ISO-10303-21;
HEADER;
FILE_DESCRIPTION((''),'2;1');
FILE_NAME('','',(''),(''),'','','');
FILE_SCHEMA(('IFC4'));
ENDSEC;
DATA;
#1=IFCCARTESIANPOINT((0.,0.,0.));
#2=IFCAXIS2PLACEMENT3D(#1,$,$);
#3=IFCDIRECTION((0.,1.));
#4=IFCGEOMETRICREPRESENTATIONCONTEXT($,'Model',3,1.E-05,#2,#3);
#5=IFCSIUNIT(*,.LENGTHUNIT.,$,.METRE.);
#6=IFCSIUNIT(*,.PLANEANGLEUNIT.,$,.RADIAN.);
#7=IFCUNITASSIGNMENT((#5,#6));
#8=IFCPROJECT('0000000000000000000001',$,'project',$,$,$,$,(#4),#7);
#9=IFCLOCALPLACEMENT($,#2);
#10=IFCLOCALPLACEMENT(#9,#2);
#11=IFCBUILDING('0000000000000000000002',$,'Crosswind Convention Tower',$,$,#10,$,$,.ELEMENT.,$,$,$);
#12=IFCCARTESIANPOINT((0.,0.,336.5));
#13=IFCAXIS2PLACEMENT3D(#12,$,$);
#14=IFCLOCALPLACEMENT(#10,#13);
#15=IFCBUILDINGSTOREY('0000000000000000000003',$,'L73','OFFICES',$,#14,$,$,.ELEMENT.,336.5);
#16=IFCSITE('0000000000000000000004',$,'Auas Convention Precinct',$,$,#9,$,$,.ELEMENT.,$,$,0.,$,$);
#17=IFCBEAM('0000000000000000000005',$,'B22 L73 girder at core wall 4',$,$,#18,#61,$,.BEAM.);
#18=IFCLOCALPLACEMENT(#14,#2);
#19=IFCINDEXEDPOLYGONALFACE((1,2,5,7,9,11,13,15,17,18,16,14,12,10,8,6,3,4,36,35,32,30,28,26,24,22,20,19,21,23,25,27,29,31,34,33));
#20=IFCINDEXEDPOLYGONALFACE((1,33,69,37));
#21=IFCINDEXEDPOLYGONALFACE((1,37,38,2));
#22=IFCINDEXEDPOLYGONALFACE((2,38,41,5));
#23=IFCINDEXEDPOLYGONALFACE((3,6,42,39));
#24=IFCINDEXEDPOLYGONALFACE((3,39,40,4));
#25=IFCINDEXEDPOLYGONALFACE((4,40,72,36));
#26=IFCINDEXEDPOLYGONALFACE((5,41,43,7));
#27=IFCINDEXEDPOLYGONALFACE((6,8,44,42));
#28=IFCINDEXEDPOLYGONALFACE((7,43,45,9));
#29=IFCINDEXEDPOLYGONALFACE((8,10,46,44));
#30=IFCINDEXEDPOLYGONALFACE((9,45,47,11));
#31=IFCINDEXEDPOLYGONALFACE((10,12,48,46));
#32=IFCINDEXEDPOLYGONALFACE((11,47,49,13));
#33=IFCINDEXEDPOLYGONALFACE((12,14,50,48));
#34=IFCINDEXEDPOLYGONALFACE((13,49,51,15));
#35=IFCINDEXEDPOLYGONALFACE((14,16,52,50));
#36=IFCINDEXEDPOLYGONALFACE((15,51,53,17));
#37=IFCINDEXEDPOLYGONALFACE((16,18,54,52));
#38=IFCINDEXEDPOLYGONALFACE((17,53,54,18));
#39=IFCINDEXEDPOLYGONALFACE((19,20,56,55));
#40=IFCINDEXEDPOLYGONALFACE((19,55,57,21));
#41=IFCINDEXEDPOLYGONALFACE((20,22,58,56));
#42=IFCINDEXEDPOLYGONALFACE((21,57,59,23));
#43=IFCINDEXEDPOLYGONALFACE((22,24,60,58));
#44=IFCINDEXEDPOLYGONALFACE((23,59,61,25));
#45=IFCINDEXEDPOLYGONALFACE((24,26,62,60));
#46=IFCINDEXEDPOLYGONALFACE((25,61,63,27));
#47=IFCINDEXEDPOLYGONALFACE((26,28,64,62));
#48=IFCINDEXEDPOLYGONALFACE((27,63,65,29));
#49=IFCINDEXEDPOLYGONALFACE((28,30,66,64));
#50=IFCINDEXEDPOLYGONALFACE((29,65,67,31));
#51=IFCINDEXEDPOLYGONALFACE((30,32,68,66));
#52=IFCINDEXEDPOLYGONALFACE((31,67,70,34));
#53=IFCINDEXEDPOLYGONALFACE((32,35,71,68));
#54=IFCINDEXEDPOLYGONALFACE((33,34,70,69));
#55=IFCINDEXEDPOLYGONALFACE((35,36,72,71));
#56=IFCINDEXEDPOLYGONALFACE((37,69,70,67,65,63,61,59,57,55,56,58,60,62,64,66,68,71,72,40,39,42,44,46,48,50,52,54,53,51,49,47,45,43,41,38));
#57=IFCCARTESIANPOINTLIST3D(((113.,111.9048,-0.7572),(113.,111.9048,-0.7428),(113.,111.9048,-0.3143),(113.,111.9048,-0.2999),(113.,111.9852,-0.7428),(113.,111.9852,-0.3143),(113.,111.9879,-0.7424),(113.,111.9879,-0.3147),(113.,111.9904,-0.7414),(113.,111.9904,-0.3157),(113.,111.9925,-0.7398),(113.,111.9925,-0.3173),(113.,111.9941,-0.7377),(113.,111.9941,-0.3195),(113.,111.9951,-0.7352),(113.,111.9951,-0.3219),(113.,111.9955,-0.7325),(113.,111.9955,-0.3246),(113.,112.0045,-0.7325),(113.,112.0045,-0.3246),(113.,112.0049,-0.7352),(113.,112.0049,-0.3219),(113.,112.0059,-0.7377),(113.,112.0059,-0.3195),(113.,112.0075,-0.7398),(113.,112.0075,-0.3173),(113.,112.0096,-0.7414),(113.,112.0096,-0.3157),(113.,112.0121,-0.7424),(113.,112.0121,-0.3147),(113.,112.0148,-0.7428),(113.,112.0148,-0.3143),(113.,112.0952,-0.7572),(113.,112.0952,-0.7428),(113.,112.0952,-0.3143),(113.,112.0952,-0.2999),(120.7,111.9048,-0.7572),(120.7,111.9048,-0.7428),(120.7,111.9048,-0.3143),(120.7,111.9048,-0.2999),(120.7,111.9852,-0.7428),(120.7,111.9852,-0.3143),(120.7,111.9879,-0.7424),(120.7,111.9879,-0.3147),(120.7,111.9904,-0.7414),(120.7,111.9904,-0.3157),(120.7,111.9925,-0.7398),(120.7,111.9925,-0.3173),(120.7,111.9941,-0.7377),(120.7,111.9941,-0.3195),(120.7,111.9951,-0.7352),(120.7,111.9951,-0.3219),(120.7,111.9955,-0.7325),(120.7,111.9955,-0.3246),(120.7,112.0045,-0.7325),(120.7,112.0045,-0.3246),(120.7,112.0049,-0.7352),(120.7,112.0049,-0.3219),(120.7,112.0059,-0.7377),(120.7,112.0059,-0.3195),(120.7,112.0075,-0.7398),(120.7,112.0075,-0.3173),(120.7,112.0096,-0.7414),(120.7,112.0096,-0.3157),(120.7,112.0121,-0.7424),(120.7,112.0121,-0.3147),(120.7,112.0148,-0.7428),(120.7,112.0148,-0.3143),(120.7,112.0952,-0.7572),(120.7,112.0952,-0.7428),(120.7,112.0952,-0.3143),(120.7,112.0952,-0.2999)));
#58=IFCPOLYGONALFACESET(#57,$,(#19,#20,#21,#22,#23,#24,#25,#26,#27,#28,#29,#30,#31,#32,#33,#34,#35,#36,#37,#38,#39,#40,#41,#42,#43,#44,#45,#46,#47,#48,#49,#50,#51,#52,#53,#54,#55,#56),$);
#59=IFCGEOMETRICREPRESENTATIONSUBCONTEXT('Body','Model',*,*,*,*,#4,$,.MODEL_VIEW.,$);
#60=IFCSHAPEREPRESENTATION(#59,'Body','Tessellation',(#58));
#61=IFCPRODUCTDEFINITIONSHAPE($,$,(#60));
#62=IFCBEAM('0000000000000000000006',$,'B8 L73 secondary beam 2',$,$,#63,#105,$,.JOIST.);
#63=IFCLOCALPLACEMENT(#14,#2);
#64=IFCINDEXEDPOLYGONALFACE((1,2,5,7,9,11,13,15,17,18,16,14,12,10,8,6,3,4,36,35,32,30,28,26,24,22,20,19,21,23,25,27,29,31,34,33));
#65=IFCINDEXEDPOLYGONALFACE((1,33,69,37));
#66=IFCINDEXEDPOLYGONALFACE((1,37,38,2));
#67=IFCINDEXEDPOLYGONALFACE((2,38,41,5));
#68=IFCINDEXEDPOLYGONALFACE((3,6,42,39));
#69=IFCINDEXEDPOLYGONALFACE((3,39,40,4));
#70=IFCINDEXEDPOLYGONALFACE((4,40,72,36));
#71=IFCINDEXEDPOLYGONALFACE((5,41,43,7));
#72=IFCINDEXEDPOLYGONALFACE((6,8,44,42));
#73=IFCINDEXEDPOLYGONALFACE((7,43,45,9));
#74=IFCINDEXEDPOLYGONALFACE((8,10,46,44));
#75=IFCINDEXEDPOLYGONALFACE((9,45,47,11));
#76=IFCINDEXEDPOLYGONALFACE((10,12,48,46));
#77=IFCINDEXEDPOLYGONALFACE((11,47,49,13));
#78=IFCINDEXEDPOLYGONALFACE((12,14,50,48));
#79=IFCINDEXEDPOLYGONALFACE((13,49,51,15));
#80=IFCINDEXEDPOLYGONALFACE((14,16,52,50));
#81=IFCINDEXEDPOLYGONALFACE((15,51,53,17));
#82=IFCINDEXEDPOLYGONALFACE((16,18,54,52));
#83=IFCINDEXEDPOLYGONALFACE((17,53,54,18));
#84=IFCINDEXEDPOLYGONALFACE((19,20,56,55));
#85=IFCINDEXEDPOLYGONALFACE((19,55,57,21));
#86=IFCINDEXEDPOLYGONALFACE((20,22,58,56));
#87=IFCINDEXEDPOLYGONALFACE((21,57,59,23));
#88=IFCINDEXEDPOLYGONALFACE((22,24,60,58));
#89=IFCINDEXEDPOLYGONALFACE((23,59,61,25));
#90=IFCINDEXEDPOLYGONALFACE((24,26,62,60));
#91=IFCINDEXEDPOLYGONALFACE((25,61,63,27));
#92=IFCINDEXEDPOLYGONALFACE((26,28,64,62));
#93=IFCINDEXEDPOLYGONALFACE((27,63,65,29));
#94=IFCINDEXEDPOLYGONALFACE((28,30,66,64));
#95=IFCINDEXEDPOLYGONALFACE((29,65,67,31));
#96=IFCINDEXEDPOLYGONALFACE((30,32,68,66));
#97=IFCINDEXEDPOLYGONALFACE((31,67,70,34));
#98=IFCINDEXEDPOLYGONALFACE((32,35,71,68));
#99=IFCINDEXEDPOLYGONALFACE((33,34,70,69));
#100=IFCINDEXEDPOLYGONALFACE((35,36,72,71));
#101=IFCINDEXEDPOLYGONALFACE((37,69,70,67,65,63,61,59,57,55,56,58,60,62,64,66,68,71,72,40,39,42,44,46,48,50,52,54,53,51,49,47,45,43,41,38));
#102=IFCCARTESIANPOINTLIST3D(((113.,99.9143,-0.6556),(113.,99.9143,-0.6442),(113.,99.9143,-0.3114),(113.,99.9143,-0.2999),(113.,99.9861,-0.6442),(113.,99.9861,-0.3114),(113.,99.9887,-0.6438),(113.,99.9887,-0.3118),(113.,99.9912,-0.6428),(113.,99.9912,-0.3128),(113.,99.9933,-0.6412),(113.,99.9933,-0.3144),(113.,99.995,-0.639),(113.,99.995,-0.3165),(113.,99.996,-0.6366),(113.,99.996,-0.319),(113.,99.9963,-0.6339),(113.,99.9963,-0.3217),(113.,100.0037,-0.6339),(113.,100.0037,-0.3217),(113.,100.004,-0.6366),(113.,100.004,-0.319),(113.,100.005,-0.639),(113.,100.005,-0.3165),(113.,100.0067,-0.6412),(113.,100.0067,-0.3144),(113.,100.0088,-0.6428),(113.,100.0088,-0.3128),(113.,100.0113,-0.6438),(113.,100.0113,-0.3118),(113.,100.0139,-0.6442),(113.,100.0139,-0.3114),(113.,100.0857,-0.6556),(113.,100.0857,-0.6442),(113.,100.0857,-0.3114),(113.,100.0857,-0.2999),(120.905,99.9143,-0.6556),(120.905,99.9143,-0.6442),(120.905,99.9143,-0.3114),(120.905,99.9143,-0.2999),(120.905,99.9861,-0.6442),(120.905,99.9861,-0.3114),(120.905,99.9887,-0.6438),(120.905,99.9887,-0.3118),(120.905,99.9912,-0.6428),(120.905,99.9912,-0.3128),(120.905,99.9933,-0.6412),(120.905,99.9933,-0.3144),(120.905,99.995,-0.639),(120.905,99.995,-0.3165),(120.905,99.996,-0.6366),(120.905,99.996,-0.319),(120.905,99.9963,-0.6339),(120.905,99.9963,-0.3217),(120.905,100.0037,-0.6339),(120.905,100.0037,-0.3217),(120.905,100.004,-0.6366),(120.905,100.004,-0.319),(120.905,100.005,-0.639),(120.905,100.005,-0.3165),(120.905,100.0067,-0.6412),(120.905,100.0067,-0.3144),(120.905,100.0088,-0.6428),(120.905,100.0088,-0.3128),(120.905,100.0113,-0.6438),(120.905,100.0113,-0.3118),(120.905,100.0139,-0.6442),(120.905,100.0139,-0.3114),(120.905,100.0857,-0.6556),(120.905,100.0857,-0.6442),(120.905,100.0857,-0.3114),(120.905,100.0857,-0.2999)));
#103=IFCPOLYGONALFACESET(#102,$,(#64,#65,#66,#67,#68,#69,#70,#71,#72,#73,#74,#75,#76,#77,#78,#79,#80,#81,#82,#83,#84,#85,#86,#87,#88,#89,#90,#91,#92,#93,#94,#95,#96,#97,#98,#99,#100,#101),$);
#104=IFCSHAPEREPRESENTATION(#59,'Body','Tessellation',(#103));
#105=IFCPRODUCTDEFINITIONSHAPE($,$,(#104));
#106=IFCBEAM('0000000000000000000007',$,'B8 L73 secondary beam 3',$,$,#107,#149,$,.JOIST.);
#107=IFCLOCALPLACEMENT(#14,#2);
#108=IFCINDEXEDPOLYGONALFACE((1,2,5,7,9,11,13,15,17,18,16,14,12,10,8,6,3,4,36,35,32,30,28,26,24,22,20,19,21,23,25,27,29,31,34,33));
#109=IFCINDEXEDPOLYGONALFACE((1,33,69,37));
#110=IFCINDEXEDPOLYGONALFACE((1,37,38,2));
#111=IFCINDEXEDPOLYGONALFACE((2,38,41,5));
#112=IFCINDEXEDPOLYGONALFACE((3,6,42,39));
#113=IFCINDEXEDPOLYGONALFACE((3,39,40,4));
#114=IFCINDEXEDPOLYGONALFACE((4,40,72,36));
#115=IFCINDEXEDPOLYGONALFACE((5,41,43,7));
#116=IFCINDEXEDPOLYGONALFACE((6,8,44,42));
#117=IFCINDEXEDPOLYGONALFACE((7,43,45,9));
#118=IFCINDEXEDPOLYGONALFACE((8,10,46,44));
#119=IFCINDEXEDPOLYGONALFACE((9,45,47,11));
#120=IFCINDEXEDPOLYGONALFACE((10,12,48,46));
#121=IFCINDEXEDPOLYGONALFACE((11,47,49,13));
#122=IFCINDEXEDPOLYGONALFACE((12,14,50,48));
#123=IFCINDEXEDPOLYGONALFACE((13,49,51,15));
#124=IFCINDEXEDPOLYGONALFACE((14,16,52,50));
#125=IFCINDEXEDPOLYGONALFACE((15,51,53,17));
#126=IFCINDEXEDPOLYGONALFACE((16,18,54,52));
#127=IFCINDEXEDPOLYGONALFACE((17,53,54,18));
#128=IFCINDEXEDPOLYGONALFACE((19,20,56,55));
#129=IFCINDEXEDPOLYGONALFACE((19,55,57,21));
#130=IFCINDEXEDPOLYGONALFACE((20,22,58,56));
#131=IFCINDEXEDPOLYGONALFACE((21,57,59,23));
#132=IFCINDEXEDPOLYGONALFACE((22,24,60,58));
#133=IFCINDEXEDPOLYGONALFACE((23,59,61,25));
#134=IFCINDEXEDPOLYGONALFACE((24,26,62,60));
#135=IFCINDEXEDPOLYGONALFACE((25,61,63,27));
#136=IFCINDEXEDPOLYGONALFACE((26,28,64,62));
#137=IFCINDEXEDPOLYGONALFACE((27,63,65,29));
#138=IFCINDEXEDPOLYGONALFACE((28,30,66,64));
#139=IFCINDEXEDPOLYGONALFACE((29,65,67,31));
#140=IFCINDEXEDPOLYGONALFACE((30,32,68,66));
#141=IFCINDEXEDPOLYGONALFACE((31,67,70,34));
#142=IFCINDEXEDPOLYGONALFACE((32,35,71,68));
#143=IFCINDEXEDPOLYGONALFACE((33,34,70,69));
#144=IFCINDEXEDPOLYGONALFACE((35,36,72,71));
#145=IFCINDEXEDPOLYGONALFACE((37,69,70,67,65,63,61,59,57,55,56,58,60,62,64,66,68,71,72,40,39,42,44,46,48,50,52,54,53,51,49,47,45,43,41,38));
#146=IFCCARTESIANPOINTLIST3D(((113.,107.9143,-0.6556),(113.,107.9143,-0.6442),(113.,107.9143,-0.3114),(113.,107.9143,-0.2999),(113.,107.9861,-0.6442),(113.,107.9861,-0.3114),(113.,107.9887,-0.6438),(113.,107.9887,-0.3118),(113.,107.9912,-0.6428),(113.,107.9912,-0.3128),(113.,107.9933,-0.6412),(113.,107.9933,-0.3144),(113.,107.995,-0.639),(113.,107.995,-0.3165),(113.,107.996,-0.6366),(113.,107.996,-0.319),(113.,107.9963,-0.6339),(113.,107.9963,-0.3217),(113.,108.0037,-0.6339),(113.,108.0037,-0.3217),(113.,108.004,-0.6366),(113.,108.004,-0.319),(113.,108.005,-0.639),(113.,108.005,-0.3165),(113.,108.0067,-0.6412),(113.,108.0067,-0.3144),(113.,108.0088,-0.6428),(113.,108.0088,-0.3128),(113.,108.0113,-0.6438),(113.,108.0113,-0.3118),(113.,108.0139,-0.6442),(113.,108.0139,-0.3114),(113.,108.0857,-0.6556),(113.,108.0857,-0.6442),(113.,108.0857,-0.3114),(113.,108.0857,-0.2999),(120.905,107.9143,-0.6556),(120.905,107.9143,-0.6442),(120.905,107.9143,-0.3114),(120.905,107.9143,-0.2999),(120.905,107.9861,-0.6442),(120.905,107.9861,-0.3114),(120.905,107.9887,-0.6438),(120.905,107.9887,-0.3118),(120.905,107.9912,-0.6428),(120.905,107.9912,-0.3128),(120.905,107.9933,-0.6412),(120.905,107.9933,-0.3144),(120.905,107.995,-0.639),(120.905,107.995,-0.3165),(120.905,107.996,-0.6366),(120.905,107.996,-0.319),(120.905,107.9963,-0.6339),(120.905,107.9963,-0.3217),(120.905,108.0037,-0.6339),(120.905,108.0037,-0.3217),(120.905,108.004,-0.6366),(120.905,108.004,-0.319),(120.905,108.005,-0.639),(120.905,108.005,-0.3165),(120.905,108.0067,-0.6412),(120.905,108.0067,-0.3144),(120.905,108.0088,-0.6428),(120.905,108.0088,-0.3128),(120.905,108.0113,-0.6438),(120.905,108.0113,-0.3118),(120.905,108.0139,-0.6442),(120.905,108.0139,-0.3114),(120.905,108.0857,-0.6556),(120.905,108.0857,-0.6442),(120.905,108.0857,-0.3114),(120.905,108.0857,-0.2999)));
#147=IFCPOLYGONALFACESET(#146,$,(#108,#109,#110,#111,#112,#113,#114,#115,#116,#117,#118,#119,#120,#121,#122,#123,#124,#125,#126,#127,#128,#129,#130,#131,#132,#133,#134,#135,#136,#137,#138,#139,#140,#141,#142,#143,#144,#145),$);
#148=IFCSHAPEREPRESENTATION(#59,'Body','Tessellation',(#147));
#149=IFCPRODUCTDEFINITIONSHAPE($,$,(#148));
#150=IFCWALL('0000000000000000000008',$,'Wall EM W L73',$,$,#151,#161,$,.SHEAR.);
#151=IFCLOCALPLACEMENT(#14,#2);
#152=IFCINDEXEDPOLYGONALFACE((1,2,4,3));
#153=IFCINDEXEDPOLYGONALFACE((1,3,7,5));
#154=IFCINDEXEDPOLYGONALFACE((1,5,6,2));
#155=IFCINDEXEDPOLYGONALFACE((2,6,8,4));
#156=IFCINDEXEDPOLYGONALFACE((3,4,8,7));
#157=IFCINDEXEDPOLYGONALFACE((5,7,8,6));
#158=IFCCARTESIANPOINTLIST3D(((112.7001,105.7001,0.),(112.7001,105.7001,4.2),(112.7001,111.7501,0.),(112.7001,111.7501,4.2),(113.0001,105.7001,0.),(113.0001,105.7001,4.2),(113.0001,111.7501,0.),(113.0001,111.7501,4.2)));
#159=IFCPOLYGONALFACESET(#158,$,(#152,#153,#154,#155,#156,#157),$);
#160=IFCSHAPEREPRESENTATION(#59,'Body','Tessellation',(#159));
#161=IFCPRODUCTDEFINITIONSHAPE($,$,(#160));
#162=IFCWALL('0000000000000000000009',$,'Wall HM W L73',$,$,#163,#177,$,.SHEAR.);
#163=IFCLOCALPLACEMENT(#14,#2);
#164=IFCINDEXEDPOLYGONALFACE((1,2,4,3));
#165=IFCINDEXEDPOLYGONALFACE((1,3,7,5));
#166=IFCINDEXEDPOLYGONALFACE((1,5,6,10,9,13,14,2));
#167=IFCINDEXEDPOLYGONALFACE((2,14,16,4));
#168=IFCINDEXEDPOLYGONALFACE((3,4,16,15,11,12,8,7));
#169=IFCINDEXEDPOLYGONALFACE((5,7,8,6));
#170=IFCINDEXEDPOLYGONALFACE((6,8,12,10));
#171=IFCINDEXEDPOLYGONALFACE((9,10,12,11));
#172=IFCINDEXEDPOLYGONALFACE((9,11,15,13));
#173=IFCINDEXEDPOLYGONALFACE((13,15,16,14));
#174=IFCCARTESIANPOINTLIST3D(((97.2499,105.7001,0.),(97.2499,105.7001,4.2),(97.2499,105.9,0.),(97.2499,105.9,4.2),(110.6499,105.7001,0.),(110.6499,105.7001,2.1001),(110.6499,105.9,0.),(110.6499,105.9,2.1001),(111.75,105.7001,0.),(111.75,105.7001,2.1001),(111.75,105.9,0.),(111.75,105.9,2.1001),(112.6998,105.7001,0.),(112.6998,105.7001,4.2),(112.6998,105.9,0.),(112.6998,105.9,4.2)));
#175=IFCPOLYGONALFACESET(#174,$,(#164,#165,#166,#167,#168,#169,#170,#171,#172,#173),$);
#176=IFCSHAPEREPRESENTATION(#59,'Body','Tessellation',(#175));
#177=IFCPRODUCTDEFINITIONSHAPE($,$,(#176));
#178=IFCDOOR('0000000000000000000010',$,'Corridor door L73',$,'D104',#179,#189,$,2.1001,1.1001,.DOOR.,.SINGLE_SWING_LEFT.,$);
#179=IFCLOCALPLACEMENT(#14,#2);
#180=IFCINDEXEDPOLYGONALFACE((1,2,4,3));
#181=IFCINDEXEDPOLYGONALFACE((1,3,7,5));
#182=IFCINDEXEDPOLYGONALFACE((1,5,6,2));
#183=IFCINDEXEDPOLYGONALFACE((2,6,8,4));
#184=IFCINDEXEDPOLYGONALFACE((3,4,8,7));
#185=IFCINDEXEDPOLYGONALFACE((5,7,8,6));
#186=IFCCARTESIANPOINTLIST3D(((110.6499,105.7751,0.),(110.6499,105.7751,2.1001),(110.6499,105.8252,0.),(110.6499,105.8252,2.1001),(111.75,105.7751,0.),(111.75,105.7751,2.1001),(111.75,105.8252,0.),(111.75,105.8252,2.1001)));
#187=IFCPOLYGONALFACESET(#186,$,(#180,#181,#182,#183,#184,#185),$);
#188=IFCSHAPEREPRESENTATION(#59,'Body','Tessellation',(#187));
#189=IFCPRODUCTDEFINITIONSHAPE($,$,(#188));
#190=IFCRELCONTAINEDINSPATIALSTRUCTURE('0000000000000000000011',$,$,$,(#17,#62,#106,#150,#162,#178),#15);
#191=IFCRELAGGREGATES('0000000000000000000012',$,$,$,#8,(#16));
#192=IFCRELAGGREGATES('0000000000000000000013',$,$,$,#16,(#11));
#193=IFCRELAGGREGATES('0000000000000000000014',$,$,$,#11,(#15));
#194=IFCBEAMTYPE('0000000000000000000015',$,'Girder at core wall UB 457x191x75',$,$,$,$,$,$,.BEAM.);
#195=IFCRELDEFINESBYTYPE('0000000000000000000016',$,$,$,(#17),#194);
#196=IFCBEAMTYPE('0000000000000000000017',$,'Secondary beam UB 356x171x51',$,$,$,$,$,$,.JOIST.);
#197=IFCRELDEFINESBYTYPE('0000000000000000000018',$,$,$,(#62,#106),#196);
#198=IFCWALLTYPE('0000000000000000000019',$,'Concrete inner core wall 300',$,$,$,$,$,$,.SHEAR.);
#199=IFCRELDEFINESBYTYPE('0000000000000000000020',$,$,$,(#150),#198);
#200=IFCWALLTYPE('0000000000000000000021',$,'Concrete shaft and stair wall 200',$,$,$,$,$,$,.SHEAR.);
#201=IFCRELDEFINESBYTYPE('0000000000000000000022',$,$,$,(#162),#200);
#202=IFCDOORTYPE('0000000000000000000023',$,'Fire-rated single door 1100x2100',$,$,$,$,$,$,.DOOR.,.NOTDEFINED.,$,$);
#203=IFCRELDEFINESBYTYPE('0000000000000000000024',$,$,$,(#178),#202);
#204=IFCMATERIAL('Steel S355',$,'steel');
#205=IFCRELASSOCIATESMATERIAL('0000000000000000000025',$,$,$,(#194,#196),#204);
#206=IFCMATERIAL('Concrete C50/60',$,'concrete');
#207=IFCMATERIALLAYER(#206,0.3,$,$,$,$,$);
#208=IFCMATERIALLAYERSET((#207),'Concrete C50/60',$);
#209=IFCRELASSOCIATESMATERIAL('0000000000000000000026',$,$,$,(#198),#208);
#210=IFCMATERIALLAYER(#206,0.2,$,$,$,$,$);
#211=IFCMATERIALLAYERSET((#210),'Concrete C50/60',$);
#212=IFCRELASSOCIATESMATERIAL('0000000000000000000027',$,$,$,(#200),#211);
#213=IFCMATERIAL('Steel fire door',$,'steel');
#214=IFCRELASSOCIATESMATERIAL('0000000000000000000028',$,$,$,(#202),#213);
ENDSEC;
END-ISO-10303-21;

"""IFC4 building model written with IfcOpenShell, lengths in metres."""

from ifc_helpers import new_model, si_unit, direction, frame, frame_2d, origin, origin_2d, place, context, subcontext, project, spatial, rectangle, i_section, extrude, material, layer, layer_set, material_profile, profile_set, type_object, element, fill, save


model = new_model("IFC4")

# Units and contexts
model_context = context("Model", 3, precision=1e-05, world=origin(), true_north=direction((0.0, 1.0)))
body_context = subcontext(model_context, "Body", "Model", "MODEL_VIEW")
ifc_project = project(units=[si_unit("LENGTHUNIT", "METRE"), si_unit("PLANEANGLEUNIT", "RADIAN")], contexts=[model_context])

# Site, building, storey
site_placement = place(None, origin())
site = spatial("IfcSite", under=ifc_project, at=site_placement, Name="Auas Convention Precinct", CompositionType="ELEMENT", RefElevation=0.0)
building_placement = place(site_placement, origin())
building = spatial("IfcBuilding", under=site, at=building_placement, Name="Crosswind Convention Tower", CompositionType="ELEMENT")
storey_placement = place(building_placement, frame((0.0, 0.0, 336.5)))
storey = spatial("IfcBuildingStorey", under=building, at=storey_placement, Name="L73", Description="OFFICES", CompositionType="ELEMENT", Elevation=336.5)

# Beams
ifc_material_1 = material(Name="Steel S355", Category="steel")
ifc_material_profile_1 = material_profile(ifc_material_1, i_section(OverallWidth=0.1904, OverallDepth=0.4573, WebThickness=0.009, FlangeThickness=0.0144, FilletRadius=0.0103, at=origin_2d()), Name="UB 457x191x75")
ifc_profile_set_1 = profile_set([ifc_material_profile_1], Name="Steel S355")
beam_type_1 = type_object("IfcBeamType", Name="Girder at core wall UB 457x191x75", PredefinedType="BEAM", material=ifc_profile_set_1)
for number, where, z_axis, x_axis, name in (
    (1, (113.0, 112.0, -0.5286), (1.0, 0.0, 0.0), (0.0, 1.0, 0.0), "B22 L73 girder at core wall 4"),
):
    element("IfcBeam", number, at=place(storey_placement, frame(where, z_axis=z_axis, x_axis=x_axis)), inside=storey, type_object=beam_type_1, Name=name, PredefinedType="BEAM", context=body_context, shape_type="SweptSolid", body=[
        extrude(i_section(OverallWidth=0.1904, OverallDepth=0.4573, WebThickness=0.009, FlangeThickness=0.0144, FilletRadius=0.0103, at=origin_2d()), origin(), (0.0, 0.0, 1.0), 7.7),
    ])
ifc_material_profile_2 = material_profile(ifc_material_1, i_section(OverallWidth=0.1714, OverallDepth=0.3557, WebThickness=0.0073, FlangeThickness=0.0115, FilletRadius=0.0103, at=origin_2d()), Name="UB 356x171x51")
ifc_profile_set_2 = profile_set([ifc_material_profile_2], Name="Steel S355")
beam_type_2 = type_object("IfcBeamType", Name="Secondary beam UB 356x171x51", PredefinedType="JOIST", material=ifc_profile_set_2)
for number, where, z_axis, x_axis, name in (
    (2, (113.0, 100.0, -0.4778), (1.0, 0.0, 0.0), (0.0, 1.0, 0.0), "B8 L73 secondary beam 2"),
    (3, (113.0, 108.0, -0.4778), (1.0, 0.0, 0.0), (0.0, 1.0, 0.0), "B8 L73 secondary beam 3"),
):
    element("IfcBeam", number, at=place(storey_placement, frame(where, z_axis=z_axis, x_axis=x_axis)), inside=storey, type_object=beam_type_2, Name=name, PredefinedType="JOIST", context=body_context, shape_type="SweptSolid", body=[
        extrude(i_section(OverallWidth=0.1714, OverallDepth=0.3557, WebThickness=0.0073, FlangeThickness=0.0115, FilletRadius=0.0103, at=origin_2d()), origin(), (0.0, 0.0, 1.0), 7.905),
    ])

# Shared definitions
ifc_material_2 = material(Name="Concrete C50/60", Category="concrete")
ifc_layer_1 = layer(ifc_material_2, 0.3)
ifc_layer_set_1 = layer_set([ifc_layer_1], Name="Concrete C50/60")
wall_type_1 = type_object("IfcWallType", Name="Concrete inner core wall 300", PredefinedType="SHEAR", material=ifc_layer_set_1)

# Wall
wall_1_placement = place(storey_placement, frame((112.8501, 111.75, 0.0), z_axis=(0.0, 0.0, 1.0), x_axis=(0.0, -1.0, 0.0)))
element("IfcWall", 4, at=wall_1_placement, inside=storey, type_object=wall_type_1, Name="Wall EM W L73", PredefinedType="SHEAR", context=body_context, shape_type="SweptSolid", body=[
    extrude(rectangle(XDim=6.05, YDim=0.3, at=frame_2d((3.0249, 0.0))), origin(), (0.0, 0.0, 1.0), 4.2),
])

# Wall, opening, door
ifc_layer_2 = layer(ifc_material_2, 0.2)
ifc_layer_set_2 = layer_set([ifc_layer_2], Name="Concrete C50/60")
wall_type_2 = type_object("IfcWallType", Name="Concrete shaft and stair wall 200", PredefinedType="SHEAR", material=ifc_layer_set_2)
wall_2_placement = place(storey_placement, frame((112.7, 105.8, 0.0), z_axis=(0.0, 0.0, 1.0), x_axis=(-1.0, 0.0, 0.0)))
wall_2 = element("IfcWall", 5, at=wall_2_placement, inside=storey, type_object=wall_type_2, Name="Wall HM W L73", PredefinedType="SHEAR", context=body_context, shape_type="SweptSolid", body=[
    extrude(rectangle(XDim=15.45, YDim=0.2, at=frame_2d((7.7251, 0.0))), origin(), (0.0, 0.0, 1.0), 4.2),
])
opening_1_placement = place(wall_2_placement, frame((0.95, 0.0, 0.0)))
opening_1 = element("IfcOpeningElement", 6, at=opening_1_placement, cuts=wall_2, PredefinedType="OPENING", context=body_context, shape_type="SweptSolid", body=[
    extrude(rectangle(XDim=1.1001, YDim=2.1001, at=frame_2d((0.55, 1.05))), frame((0.0, 0.1099, 0.0), z_axis=(0.0, -1.0, 0.0), x_axis=(1.0, 0.0, 0.0)), (0.0, 0.0, 1.0), 0.22),
])
ifc_material_3 = material(Name="Steel fire door", Category="steel")
door_type_1 = type_object("IfcDoorType", Name="Fire-rated single door 1100x2100", OperationType="NOTDEFINED", PredefinedType="DOOR", material=ifc_material_3)
door_1_placement = place(opening_1_placement, origin())
door_1 = element("IfcDoor", 7, at=door_1_placement, inside=storey, type_object=door_type_1, Name="Corridor door L73", ObjectType="D104", OperationType="SINGLE_SWING_LEFT", OverallHeight=2.1001, OverallWidth=1.1001, PredefinedType="DOOR", context=body_context, shape_type="SweptSolid", body=[
    extrude(rectangle(XDim=1.1001, YDim=2.1001, at=frame_2d((0.55, 1.05))), frame((0.0, 0.0249, 0.0), z_axis=(0.0, -1.0, 0.0), x_axis=(1.0, 0.0, 0.0)), (0.0, 0.0, 1.0), 0.05),
])
fill(opening_1, door_1)

save(model, "model.ifc")
